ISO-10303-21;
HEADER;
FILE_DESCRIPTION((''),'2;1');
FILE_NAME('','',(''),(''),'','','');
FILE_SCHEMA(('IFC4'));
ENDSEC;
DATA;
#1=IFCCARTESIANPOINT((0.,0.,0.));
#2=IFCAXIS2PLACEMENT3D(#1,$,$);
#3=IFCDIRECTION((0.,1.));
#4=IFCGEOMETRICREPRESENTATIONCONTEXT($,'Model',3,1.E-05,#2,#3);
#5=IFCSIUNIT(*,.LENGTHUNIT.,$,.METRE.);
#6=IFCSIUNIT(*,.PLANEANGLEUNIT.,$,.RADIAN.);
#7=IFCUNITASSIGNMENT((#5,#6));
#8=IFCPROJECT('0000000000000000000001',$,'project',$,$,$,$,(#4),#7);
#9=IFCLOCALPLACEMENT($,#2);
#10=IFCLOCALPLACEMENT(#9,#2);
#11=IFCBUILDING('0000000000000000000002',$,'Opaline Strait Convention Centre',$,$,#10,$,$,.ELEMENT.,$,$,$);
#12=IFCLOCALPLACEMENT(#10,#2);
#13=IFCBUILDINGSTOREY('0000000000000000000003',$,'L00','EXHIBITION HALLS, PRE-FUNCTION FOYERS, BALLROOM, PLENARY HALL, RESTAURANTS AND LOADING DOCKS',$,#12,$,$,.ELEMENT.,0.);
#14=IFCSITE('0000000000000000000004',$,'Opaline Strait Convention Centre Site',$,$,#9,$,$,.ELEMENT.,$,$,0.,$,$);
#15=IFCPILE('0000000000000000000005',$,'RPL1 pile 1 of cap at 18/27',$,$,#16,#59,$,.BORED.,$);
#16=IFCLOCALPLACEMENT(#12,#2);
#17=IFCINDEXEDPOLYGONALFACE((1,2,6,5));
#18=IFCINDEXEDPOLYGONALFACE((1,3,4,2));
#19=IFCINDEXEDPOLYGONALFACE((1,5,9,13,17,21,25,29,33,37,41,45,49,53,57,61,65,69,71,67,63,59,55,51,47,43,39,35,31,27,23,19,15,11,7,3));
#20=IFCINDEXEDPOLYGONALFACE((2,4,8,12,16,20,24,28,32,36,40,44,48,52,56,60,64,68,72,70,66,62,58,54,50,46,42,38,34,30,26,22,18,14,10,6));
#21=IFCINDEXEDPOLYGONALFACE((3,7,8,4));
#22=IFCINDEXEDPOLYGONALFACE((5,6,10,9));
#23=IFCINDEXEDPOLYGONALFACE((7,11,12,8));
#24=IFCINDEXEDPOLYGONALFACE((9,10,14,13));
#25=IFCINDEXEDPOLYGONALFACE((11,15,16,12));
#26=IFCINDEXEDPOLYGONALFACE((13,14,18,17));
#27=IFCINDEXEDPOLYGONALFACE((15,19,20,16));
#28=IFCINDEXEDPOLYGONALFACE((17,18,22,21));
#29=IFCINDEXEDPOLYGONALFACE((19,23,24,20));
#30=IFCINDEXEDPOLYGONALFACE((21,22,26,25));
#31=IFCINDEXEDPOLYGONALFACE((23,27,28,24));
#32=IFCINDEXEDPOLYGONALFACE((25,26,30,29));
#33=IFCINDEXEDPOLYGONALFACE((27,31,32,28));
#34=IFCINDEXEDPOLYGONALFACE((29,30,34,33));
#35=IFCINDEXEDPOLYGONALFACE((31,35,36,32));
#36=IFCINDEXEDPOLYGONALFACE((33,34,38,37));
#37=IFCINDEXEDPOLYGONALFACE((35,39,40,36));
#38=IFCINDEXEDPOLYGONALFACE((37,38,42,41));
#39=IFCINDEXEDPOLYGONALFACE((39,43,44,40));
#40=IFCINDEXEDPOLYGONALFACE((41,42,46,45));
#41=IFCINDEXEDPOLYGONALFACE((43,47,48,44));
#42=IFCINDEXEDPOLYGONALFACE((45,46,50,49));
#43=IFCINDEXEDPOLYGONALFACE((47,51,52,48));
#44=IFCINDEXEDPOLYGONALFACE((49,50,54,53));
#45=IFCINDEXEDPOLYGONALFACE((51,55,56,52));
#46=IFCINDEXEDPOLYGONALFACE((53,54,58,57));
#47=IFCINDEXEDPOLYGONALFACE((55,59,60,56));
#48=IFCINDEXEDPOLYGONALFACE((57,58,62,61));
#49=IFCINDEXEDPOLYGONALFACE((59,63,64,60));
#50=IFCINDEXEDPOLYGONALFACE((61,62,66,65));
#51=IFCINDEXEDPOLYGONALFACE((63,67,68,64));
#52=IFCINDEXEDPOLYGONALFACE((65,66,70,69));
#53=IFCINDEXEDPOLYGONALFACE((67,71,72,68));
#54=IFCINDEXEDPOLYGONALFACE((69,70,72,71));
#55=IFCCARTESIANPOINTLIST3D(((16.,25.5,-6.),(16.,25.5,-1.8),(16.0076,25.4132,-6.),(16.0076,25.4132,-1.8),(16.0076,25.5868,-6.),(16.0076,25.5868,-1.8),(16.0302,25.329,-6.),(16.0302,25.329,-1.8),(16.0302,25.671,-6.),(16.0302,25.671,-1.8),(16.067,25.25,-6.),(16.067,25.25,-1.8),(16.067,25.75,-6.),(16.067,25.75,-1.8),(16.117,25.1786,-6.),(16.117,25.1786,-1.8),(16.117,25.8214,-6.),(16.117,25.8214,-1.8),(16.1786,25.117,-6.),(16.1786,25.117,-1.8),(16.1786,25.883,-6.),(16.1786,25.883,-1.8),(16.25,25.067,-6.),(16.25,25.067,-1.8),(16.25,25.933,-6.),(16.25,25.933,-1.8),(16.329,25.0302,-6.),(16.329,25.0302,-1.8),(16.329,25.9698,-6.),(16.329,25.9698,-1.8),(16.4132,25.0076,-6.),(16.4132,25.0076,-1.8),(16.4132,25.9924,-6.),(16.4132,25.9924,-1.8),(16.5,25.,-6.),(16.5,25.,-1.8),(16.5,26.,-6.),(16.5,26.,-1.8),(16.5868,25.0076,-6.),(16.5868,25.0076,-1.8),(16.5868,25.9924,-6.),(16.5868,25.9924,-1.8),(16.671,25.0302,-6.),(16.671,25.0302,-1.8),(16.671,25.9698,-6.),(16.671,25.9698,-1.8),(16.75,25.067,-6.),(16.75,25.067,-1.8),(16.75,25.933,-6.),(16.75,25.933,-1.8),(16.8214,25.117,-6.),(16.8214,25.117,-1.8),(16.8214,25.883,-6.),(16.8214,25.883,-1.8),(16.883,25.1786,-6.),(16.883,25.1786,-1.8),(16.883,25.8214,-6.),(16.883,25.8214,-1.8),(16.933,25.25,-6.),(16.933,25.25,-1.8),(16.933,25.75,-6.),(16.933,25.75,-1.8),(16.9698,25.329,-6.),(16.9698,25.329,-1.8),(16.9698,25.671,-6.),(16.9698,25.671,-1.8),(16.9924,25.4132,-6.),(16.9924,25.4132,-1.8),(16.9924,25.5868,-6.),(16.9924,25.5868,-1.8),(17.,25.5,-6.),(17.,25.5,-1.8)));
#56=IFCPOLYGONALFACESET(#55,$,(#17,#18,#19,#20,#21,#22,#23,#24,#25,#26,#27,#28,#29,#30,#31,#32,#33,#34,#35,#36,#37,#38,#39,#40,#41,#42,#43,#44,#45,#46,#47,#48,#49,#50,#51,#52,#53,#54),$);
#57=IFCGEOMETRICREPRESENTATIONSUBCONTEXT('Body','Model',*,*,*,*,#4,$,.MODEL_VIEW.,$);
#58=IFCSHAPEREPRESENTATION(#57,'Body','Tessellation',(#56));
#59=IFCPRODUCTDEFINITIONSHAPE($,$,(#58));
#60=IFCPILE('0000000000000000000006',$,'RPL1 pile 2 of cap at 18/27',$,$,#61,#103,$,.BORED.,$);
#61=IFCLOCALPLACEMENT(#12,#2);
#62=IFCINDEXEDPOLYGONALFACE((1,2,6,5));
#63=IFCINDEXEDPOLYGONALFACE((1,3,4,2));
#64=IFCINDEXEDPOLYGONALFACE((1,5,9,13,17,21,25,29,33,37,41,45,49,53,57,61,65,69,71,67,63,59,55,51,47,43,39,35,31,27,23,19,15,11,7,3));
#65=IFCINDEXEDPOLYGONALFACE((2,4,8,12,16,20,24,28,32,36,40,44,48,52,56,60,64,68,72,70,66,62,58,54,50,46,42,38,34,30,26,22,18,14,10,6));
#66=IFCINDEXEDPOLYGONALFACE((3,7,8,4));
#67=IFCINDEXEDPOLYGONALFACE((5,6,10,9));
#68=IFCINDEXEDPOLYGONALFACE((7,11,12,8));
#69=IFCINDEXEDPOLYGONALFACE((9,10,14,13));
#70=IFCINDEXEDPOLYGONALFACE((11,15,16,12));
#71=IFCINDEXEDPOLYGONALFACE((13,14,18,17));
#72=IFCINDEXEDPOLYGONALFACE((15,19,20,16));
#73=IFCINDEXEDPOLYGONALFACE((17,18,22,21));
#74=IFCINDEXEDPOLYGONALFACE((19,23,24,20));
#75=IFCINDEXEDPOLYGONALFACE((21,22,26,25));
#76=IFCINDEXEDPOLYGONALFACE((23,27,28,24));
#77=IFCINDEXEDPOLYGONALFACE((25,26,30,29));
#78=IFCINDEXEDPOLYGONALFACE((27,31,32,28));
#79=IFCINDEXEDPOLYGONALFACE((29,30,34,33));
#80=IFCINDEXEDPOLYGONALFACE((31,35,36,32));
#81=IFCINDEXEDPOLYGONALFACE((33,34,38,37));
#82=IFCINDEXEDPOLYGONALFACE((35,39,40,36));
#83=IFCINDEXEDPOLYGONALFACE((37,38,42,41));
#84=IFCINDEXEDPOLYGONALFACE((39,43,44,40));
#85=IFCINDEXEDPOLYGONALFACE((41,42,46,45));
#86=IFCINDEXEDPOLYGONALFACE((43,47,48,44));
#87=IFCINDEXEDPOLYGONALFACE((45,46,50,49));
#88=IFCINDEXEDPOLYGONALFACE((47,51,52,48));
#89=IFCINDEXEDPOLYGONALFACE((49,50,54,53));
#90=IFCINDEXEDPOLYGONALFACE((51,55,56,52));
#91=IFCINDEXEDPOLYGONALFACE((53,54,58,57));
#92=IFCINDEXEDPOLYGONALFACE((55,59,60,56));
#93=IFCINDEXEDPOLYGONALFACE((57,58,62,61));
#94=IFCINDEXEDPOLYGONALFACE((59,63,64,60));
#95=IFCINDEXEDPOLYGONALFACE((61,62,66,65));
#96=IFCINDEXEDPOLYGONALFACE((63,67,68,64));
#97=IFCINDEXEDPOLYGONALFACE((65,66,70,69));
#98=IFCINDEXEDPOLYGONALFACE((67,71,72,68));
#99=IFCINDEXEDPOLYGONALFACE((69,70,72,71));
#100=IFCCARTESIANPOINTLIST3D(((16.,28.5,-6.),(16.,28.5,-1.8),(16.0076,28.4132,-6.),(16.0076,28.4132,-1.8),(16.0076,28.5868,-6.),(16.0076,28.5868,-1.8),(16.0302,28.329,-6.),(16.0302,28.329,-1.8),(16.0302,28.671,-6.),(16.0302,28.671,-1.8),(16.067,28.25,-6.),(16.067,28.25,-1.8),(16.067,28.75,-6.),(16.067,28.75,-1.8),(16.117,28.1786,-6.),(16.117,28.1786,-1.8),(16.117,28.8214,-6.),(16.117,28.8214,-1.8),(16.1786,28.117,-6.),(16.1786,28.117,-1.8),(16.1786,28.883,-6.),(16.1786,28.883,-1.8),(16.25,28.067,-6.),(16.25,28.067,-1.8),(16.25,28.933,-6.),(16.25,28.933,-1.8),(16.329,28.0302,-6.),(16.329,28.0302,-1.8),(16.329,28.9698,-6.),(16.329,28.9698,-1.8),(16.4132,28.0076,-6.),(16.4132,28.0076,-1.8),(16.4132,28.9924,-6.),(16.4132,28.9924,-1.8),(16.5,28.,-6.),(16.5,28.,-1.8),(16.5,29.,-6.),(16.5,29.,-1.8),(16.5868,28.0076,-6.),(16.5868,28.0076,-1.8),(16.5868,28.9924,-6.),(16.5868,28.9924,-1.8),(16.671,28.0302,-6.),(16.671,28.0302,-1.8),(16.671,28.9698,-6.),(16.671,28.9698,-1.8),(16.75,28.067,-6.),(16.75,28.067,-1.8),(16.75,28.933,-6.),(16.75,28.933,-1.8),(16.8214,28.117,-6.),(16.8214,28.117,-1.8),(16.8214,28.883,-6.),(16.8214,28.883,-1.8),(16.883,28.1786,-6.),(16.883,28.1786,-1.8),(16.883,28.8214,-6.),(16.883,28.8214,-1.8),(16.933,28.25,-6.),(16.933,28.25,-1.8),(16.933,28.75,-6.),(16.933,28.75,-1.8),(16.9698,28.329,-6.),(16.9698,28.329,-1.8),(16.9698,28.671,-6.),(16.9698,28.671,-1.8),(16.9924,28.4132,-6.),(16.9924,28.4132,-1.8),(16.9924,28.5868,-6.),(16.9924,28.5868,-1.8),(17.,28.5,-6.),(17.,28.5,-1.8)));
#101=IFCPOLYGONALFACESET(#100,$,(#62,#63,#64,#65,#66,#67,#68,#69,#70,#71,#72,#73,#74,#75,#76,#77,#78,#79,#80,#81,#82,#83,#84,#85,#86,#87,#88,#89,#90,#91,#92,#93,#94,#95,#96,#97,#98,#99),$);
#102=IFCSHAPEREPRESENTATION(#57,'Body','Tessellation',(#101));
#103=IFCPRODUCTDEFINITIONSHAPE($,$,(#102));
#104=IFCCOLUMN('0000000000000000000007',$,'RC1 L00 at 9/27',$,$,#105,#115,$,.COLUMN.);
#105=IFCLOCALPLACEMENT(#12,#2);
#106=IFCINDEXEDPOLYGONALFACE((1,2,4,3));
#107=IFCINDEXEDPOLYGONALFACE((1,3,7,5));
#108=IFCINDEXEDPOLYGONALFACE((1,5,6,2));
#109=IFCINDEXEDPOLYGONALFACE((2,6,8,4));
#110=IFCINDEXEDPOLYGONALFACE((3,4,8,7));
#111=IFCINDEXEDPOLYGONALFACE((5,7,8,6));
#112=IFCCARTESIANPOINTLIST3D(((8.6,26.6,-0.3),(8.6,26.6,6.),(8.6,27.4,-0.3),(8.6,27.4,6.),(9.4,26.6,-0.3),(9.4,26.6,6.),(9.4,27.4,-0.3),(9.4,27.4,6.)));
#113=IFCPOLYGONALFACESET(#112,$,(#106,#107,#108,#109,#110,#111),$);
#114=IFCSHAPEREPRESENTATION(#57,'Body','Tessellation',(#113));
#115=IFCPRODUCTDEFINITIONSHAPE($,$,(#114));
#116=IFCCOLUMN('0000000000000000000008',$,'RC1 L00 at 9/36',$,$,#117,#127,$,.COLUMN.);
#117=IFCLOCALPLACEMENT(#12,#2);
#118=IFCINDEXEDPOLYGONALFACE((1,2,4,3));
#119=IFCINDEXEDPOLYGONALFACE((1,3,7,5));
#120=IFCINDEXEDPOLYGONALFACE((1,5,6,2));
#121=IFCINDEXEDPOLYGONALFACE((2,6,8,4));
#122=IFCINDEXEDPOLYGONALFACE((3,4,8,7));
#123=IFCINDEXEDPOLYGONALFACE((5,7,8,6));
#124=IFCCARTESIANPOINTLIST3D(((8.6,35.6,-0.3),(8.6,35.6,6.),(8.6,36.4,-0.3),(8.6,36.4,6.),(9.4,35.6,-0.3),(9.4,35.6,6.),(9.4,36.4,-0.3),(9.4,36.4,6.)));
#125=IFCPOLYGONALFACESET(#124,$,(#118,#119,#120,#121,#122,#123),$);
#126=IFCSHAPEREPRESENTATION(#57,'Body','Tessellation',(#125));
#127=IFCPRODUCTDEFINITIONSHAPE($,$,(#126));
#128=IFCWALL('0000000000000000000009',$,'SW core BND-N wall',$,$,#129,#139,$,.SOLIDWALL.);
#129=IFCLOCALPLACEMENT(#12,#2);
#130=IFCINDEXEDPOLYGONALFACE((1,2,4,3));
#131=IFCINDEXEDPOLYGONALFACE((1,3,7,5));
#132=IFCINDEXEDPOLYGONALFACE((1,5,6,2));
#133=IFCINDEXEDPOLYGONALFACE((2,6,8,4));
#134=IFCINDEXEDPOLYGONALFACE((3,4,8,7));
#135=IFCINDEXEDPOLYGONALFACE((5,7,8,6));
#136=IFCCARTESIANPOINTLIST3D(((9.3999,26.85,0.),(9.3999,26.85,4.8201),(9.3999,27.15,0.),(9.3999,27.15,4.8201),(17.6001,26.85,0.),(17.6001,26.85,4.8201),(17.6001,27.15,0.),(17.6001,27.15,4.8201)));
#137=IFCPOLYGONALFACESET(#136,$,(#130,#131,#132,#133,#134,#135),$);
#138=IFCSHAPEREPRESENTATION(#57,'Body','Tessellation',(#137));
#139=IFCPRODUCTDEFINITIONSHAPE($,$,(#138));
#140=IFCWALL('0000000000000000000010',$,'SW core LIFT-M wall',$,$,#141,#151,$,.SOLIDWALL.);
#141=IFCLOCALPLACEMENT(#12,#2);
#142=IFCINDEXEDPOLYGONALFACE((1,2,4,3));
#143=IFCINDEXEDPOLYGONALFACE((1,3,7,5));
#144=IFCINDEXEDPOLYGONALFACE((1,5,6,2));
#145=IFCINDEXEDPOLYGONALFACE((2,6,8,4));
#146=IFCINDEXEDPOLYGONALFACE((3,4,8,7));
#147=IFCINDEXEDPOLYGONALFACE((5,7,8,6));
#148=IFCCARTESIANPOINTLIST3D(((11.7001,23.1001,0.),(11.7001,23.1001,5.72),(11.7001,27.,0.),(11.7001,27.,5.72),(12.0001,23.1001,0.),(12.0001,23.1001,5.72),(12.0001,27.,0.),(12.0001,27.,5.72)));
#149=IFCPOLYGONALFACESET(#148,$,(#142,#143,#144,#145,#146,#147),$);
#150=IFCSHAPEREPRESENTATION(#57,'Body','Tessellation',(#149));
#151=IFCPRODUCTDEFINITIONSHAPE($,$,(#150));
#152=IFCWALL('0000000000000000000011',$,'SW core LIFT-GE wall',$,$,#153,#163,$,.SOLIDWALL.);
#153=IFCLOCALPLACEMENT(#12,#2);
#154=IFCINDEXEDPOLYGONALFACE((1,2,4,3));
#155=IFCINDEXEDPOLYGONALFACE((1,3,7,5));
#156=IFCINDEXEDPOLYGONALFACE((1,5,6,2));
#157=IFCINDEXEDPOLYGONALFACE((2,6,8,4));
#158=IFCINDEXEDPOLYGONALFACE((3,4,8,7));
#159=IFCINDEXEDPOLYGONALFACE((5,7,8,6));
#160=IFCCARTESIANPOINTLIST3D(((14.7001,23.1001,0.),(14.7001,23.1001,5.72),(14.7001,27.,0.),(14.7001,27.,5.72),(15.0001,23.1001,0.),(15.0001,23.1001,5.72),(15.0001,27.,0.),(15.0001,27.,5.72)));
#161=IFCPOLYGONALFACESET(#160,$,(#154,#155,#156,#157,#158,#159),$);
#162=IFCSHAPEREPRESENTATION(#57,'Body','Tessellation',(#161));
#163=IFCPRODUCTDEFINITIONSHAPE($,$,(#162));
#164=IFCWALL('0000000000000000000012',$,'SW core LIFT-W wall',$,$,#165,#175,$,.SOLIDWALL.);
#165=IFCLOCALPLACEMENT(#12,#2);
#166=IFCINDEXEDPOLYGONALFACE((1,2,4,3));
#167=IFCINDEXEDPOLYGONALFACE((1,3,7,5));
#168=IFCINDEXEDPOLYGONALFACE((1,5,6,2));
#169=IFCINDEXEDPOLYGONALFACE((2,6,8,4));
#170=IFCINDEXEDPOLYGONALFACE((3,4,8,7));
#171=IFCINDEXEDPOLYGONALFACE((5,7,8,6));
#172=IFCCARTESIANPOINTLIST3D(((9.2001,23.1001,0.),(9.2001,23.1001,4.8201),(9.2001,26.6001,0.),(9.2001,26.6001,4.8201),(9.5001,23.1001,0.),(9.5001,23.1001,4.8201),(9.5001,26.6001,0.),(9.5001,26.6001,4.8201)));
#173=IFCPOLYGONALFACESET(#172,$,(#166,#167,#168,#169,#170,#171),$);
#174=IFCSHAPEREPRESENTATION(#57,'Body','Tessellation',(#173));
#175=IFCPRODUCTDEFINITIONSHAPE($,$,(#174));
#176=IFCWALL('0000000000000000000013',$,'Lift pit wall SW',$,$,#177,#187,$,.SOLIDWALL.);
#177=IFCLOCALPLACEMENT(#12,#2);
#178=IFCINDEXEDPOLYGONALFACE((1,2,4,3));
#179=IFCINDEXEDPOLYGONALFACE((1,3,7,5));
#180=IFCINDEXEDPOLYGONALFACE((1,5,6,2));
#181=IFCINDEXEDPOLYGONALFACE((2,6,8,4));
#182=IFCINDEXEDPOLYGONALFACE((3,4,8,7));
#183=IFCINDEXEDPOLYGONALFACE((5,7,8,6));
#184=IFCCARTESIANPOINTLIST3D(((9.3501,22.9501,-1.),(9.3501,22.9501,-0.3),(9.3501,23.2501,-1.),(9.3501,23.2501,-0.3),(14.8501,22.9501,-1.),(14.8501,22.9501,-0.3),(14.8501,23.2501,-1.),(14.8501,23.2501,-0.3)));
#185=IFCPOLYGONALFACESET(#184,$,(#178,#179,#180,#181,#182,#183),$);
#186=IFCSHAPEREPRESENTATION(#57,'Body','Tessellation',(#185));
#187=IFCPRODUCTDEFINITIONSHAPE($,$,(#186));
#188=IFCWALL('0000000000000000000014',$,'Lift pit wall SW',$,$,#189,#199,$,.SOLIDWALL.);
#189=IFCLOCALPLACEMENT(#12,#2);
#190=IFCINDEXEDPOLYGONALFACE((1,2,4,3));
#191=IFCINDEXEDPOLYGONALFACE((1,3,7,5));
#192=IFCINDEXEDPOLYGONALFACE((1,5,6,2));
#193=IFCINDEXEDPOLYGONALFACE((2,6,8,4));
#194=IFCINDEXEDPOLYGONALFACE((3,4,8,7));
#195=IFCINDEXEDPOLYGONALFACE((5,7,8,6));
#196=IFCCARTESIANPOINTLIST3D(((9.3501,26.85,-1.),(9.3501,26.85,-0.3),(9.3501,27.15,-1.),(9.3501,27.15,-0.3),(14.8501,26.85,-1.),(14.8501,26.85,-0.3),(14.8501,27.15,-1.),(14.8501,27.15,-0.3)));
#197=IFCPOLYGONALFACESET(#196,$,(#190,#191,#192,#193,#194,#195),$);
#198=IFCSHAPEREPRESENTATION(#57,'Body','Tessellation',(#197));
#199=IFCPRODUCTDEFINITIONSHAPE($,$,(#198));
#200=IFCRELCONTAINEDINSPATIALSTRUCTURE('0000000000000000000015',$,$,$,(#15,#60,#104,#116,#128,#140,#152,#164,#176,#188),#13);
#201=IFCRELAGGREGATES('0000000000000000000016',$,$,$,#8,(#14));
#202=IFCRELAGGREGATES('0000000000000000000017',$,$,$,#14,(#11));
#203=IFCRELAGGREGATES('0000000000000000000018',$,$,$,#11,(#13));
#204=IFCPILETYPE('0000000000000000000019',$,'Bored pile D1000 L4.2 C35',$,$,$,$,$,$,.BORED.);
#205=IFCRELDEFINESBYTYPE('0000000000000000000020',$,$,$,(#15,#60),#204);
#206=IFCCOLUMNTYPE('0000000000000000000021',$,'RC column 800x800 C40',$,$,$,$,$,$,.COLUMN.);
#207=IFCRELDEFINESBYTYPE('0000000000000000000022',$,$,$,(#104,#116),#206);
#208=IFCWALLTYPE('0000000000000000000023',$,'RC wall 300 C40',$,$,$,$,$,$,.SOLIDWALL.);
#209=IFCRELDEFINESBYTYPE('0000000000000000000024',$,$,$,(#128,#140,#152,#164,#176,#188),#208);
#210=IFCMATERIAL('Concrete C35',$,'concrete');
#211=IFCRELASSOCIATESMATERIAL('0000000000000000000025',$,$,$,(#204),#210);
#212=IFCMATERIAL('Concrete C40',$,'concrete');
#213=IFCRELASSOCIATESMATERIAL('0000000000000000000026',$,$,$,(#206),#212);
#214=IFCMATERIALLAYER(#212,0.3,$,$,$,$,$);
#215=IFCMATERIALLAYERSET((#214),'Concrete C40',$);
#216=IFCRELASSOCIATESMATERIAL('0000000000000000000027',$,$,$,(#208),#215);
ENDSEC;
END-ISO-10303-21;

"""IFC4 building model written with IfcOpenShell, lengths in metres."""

from ifc_helpers import new_model, si_unit, direction, frame, frame_2d, origin, origin_2d, place, context, subcontext, project, spatial, rectangle, circle, extrude, material, layer, layer_set, material_profile, profile_set, type_object, element, save


model = new_model("IFC4")

# Units and contexts
model_context = context("Model", 3, precision=1e-05, world=origin(), true_north=direction((0.0, 1.0)))
body_context = subcontext(model_context, "Body", "Model", "MODEL_VIEW")
ifc_project = project(units=[si_unit("LENGTHUNIT", "METRE"), si_unit("PLANEANGLEUNIT", "RADIAN")], contexts=[model_context])

# Site, building, storey
site_placement = place(None, origin())
site = spatial("IfcSite", under=ifc_project, at=site_placement, Name="Opaline Strait Convention Centre Site", CompositionType="ELEMENT", RefElevation=0.0)
building_placement = place(site_placement, origin())
building = spatial("IfcBuilding", under=site, at=building_placement, Name="Opaline Strait Convention Centre", CompositionType="ELEMENT")
storey_placement = place(building_placement, origin())
storey = spatial("IfcBuildingStorey", under=building, at=storey_placement, Name="L00", Description="EXHIBITION HALLS, PRE-FUNCTION FOYERS, BALLROOM, PLENARY HALL, RESTAURANTS AND LOADING DOCKS", CompositionType="ELEMENT", Elevation=0.0)

# Piles
ifc_material_1 = material(Name="Concrete C35", Category="concrete")
ifc_material_profile_1 = material_profile(ifc_material_1, circle(Radius=0.5, at=origin_2d()), Name="D1000")
ifc_profile_set_1 = profile_set([ifc_material_profile_1], Name="Concrete C35")
pile_type = type_object("IfcPileType", Name="Bored pile D1000 L4.2 C35", PredefinedType="BORED", material=ifc_profile_set_1)
for number, where, z_axis, x_axis, name in (
    (1, (16.5, 25.5, -1.8), (0.0, 0.0, -1.0), (1.0, 0.0, 0.0), "RPL1 pile 1 of cap at 18/27"),
    (2, (16.5, 28.5, -1.8), (0.0, 0.0, -1.0), (1.0, 0.0, 0.0), "RPL1 pile 2 of cap at 18/27"),
):
    element("IfcPile", number, at=place(storey_placement, frame(where, z_axis=z_axis, x_axis=x_axis)), inside=storey, type_object=pile_type, Name=name, PredefinedType="BORED", context=body_context, shape_type="SweptSolid", body=[
        extrude(circle(Radius=0.5, at=origin_2d()), origin(), (0.0, 0.0, 1.0), 4.2),
    ])

# Columns
ifc_material_2 = material(Name="Concrete C40", Category="concrete")
ifc_material_profile_2 = material_profile(ifc_material_2, rectangle(XDim=0.8, YDim=0.8, at=origin_2d()), Name="RC 800x800")
ifc_profile_set_2 = profile_set([ifc_material_profile_2], Name="Concrete C40")
column_type = type_object("IfcColumnType", Name="RC column 800x800 C40", PredefinedType="COLUMN", material=ifc_profile_set_2)
for number, where, z_axis, x_axis, name in (
    (3, (9.0, 27.0, -0.3), (0.0, 0.0, 1.0), (1.0, 0.0, 0.0), "RC1 L00 at 9/27"),
    (4, (9.0, 36.0, -0.3), (0.0, 0.0, 1.0), (1.0, 0.0, 0.0), "RC1 L00 at 9/36"),
):
    element("IfcColumn", number, at=place(storey_placement, frame(where, z_axis=z_axis, x_axis=x_axis)), inside=storey, type_object=column_type, Name=name, PredefinedType="COLUMN", context=body_context, shape_type="SweptSolid", body=[
        extrude(rectangle(XDim=0.8, YDim=0.8, at=origin_2d()), origin(), (0.0, 0.0, 1.0), 6.3),
    ])

# Wall
ifc_layer_1 = layer(ifc_material_2, 0.3)
ifc_layer_set_1 = layer_set([ifc_layer_1], Name="Concrete C40")
wall_type_1 = type_object("IfcWallType", Name="RC wall 300 C40", PredefinedType="SOLIDWALL", material=ifc_layer_set_1)
wall_1_placement = place(storey_placement, frame((9.3999, 27.0, 0.0), z_axis=(0.0, 0.0, 1.0), x_axis=(1.0, 0.0, 0.0)))
element("IfcWall", 5, at=wall_1_placement, inside=storey, type_object=wall_type_1, Name="SW core BND-N wall", PredefinedType="SOLIDWALL", context=body_context, shape_type="SweptSolid", body=[
    extrude(rectangle(XDim=8.2002, YDim=0.3, at=frame_2d((4.1001, 0.0))), origin(), (0.0, 0.0, 1.0), 4.8201),
])

# Walls
for number, where, z_axis, x_axis, name in (
    (6, (11.8501, 23.1001, 0.0), (0.0, 0.0, 1.0), (0.0, 1.0, 0.0), "SW core LIFT-M wall"),
    (7, (14.8501, 23.1001, 0.0), (0.0, 0.0, 1.0), (0.0, 1.0, 0.0), "SW core LIFT-GE wall"),
):
    element("IfcWall", number, at=place(storey_placement, frame(where, z_axis=z_axis, x_axis=x_axis)), inside=storey, type_object=wall_type_1, Name=name, PredefinedType="SOLIDWALL", context=body_context, shape_type="SweptSolid", body=[
        extrude(rectangle(XDim=3.8999, YDim=0.3, at=frame_2d((1.95, 0.0))), origin(), (0.0, 0.0, 1.0), 5.72),
    ])
wall_2_placement = place(storey_placement, frame((9.3501, 23.1001, 0.0), z_axis=(0.0, 0.0, 1.0), x_axis=(0.0, 1.0, 0.0)))
element("IfcWall", 8, at=wall_2_placement, inside=storey, type_object=wall_type_1, Name="SW core LIFT-W wall", PredefinedType="SOLIDWALL", context=body_context, shape_type="SweptSolid", body=[
    extrude(rectangle(XDim=3.5, YDim=0.3, at=frame_2d((1.75, 0.0))), origin(), (0.0, 0.0, 1.0), 4.8201),
])
for number, where, z_axis, x_axis, name in (
    (9, (9.3501, 23.1001, -1.0), (0.0, 0.0, 1.0), (1.0, 0.0, 0.0), "Lift pit wall SW"),
    (10, (9.3501, 27.0, -1.0), (0.0, 0.0, 1.0), (1.0, 0.0, 0.0), "Lift pit wall SW"),
):
    element("IfcWall", number, at=place(storey_placement, frame(where, z_axis=z_axis, x_axis=x_axis)), inside=storey, type_object=wall_type_1, Name=name, PredefinedType="SOLIDWALL", context=body_context, shape_type="SweptSolid", body=[
        extrude(rectangle(XDim=5.5, YDim=0.3, at=frame_2d((2.75, 0.0))), origin(), (0.0, 0.0, 1.0), 0.7),
    ])

save(model, "model.ifc")
